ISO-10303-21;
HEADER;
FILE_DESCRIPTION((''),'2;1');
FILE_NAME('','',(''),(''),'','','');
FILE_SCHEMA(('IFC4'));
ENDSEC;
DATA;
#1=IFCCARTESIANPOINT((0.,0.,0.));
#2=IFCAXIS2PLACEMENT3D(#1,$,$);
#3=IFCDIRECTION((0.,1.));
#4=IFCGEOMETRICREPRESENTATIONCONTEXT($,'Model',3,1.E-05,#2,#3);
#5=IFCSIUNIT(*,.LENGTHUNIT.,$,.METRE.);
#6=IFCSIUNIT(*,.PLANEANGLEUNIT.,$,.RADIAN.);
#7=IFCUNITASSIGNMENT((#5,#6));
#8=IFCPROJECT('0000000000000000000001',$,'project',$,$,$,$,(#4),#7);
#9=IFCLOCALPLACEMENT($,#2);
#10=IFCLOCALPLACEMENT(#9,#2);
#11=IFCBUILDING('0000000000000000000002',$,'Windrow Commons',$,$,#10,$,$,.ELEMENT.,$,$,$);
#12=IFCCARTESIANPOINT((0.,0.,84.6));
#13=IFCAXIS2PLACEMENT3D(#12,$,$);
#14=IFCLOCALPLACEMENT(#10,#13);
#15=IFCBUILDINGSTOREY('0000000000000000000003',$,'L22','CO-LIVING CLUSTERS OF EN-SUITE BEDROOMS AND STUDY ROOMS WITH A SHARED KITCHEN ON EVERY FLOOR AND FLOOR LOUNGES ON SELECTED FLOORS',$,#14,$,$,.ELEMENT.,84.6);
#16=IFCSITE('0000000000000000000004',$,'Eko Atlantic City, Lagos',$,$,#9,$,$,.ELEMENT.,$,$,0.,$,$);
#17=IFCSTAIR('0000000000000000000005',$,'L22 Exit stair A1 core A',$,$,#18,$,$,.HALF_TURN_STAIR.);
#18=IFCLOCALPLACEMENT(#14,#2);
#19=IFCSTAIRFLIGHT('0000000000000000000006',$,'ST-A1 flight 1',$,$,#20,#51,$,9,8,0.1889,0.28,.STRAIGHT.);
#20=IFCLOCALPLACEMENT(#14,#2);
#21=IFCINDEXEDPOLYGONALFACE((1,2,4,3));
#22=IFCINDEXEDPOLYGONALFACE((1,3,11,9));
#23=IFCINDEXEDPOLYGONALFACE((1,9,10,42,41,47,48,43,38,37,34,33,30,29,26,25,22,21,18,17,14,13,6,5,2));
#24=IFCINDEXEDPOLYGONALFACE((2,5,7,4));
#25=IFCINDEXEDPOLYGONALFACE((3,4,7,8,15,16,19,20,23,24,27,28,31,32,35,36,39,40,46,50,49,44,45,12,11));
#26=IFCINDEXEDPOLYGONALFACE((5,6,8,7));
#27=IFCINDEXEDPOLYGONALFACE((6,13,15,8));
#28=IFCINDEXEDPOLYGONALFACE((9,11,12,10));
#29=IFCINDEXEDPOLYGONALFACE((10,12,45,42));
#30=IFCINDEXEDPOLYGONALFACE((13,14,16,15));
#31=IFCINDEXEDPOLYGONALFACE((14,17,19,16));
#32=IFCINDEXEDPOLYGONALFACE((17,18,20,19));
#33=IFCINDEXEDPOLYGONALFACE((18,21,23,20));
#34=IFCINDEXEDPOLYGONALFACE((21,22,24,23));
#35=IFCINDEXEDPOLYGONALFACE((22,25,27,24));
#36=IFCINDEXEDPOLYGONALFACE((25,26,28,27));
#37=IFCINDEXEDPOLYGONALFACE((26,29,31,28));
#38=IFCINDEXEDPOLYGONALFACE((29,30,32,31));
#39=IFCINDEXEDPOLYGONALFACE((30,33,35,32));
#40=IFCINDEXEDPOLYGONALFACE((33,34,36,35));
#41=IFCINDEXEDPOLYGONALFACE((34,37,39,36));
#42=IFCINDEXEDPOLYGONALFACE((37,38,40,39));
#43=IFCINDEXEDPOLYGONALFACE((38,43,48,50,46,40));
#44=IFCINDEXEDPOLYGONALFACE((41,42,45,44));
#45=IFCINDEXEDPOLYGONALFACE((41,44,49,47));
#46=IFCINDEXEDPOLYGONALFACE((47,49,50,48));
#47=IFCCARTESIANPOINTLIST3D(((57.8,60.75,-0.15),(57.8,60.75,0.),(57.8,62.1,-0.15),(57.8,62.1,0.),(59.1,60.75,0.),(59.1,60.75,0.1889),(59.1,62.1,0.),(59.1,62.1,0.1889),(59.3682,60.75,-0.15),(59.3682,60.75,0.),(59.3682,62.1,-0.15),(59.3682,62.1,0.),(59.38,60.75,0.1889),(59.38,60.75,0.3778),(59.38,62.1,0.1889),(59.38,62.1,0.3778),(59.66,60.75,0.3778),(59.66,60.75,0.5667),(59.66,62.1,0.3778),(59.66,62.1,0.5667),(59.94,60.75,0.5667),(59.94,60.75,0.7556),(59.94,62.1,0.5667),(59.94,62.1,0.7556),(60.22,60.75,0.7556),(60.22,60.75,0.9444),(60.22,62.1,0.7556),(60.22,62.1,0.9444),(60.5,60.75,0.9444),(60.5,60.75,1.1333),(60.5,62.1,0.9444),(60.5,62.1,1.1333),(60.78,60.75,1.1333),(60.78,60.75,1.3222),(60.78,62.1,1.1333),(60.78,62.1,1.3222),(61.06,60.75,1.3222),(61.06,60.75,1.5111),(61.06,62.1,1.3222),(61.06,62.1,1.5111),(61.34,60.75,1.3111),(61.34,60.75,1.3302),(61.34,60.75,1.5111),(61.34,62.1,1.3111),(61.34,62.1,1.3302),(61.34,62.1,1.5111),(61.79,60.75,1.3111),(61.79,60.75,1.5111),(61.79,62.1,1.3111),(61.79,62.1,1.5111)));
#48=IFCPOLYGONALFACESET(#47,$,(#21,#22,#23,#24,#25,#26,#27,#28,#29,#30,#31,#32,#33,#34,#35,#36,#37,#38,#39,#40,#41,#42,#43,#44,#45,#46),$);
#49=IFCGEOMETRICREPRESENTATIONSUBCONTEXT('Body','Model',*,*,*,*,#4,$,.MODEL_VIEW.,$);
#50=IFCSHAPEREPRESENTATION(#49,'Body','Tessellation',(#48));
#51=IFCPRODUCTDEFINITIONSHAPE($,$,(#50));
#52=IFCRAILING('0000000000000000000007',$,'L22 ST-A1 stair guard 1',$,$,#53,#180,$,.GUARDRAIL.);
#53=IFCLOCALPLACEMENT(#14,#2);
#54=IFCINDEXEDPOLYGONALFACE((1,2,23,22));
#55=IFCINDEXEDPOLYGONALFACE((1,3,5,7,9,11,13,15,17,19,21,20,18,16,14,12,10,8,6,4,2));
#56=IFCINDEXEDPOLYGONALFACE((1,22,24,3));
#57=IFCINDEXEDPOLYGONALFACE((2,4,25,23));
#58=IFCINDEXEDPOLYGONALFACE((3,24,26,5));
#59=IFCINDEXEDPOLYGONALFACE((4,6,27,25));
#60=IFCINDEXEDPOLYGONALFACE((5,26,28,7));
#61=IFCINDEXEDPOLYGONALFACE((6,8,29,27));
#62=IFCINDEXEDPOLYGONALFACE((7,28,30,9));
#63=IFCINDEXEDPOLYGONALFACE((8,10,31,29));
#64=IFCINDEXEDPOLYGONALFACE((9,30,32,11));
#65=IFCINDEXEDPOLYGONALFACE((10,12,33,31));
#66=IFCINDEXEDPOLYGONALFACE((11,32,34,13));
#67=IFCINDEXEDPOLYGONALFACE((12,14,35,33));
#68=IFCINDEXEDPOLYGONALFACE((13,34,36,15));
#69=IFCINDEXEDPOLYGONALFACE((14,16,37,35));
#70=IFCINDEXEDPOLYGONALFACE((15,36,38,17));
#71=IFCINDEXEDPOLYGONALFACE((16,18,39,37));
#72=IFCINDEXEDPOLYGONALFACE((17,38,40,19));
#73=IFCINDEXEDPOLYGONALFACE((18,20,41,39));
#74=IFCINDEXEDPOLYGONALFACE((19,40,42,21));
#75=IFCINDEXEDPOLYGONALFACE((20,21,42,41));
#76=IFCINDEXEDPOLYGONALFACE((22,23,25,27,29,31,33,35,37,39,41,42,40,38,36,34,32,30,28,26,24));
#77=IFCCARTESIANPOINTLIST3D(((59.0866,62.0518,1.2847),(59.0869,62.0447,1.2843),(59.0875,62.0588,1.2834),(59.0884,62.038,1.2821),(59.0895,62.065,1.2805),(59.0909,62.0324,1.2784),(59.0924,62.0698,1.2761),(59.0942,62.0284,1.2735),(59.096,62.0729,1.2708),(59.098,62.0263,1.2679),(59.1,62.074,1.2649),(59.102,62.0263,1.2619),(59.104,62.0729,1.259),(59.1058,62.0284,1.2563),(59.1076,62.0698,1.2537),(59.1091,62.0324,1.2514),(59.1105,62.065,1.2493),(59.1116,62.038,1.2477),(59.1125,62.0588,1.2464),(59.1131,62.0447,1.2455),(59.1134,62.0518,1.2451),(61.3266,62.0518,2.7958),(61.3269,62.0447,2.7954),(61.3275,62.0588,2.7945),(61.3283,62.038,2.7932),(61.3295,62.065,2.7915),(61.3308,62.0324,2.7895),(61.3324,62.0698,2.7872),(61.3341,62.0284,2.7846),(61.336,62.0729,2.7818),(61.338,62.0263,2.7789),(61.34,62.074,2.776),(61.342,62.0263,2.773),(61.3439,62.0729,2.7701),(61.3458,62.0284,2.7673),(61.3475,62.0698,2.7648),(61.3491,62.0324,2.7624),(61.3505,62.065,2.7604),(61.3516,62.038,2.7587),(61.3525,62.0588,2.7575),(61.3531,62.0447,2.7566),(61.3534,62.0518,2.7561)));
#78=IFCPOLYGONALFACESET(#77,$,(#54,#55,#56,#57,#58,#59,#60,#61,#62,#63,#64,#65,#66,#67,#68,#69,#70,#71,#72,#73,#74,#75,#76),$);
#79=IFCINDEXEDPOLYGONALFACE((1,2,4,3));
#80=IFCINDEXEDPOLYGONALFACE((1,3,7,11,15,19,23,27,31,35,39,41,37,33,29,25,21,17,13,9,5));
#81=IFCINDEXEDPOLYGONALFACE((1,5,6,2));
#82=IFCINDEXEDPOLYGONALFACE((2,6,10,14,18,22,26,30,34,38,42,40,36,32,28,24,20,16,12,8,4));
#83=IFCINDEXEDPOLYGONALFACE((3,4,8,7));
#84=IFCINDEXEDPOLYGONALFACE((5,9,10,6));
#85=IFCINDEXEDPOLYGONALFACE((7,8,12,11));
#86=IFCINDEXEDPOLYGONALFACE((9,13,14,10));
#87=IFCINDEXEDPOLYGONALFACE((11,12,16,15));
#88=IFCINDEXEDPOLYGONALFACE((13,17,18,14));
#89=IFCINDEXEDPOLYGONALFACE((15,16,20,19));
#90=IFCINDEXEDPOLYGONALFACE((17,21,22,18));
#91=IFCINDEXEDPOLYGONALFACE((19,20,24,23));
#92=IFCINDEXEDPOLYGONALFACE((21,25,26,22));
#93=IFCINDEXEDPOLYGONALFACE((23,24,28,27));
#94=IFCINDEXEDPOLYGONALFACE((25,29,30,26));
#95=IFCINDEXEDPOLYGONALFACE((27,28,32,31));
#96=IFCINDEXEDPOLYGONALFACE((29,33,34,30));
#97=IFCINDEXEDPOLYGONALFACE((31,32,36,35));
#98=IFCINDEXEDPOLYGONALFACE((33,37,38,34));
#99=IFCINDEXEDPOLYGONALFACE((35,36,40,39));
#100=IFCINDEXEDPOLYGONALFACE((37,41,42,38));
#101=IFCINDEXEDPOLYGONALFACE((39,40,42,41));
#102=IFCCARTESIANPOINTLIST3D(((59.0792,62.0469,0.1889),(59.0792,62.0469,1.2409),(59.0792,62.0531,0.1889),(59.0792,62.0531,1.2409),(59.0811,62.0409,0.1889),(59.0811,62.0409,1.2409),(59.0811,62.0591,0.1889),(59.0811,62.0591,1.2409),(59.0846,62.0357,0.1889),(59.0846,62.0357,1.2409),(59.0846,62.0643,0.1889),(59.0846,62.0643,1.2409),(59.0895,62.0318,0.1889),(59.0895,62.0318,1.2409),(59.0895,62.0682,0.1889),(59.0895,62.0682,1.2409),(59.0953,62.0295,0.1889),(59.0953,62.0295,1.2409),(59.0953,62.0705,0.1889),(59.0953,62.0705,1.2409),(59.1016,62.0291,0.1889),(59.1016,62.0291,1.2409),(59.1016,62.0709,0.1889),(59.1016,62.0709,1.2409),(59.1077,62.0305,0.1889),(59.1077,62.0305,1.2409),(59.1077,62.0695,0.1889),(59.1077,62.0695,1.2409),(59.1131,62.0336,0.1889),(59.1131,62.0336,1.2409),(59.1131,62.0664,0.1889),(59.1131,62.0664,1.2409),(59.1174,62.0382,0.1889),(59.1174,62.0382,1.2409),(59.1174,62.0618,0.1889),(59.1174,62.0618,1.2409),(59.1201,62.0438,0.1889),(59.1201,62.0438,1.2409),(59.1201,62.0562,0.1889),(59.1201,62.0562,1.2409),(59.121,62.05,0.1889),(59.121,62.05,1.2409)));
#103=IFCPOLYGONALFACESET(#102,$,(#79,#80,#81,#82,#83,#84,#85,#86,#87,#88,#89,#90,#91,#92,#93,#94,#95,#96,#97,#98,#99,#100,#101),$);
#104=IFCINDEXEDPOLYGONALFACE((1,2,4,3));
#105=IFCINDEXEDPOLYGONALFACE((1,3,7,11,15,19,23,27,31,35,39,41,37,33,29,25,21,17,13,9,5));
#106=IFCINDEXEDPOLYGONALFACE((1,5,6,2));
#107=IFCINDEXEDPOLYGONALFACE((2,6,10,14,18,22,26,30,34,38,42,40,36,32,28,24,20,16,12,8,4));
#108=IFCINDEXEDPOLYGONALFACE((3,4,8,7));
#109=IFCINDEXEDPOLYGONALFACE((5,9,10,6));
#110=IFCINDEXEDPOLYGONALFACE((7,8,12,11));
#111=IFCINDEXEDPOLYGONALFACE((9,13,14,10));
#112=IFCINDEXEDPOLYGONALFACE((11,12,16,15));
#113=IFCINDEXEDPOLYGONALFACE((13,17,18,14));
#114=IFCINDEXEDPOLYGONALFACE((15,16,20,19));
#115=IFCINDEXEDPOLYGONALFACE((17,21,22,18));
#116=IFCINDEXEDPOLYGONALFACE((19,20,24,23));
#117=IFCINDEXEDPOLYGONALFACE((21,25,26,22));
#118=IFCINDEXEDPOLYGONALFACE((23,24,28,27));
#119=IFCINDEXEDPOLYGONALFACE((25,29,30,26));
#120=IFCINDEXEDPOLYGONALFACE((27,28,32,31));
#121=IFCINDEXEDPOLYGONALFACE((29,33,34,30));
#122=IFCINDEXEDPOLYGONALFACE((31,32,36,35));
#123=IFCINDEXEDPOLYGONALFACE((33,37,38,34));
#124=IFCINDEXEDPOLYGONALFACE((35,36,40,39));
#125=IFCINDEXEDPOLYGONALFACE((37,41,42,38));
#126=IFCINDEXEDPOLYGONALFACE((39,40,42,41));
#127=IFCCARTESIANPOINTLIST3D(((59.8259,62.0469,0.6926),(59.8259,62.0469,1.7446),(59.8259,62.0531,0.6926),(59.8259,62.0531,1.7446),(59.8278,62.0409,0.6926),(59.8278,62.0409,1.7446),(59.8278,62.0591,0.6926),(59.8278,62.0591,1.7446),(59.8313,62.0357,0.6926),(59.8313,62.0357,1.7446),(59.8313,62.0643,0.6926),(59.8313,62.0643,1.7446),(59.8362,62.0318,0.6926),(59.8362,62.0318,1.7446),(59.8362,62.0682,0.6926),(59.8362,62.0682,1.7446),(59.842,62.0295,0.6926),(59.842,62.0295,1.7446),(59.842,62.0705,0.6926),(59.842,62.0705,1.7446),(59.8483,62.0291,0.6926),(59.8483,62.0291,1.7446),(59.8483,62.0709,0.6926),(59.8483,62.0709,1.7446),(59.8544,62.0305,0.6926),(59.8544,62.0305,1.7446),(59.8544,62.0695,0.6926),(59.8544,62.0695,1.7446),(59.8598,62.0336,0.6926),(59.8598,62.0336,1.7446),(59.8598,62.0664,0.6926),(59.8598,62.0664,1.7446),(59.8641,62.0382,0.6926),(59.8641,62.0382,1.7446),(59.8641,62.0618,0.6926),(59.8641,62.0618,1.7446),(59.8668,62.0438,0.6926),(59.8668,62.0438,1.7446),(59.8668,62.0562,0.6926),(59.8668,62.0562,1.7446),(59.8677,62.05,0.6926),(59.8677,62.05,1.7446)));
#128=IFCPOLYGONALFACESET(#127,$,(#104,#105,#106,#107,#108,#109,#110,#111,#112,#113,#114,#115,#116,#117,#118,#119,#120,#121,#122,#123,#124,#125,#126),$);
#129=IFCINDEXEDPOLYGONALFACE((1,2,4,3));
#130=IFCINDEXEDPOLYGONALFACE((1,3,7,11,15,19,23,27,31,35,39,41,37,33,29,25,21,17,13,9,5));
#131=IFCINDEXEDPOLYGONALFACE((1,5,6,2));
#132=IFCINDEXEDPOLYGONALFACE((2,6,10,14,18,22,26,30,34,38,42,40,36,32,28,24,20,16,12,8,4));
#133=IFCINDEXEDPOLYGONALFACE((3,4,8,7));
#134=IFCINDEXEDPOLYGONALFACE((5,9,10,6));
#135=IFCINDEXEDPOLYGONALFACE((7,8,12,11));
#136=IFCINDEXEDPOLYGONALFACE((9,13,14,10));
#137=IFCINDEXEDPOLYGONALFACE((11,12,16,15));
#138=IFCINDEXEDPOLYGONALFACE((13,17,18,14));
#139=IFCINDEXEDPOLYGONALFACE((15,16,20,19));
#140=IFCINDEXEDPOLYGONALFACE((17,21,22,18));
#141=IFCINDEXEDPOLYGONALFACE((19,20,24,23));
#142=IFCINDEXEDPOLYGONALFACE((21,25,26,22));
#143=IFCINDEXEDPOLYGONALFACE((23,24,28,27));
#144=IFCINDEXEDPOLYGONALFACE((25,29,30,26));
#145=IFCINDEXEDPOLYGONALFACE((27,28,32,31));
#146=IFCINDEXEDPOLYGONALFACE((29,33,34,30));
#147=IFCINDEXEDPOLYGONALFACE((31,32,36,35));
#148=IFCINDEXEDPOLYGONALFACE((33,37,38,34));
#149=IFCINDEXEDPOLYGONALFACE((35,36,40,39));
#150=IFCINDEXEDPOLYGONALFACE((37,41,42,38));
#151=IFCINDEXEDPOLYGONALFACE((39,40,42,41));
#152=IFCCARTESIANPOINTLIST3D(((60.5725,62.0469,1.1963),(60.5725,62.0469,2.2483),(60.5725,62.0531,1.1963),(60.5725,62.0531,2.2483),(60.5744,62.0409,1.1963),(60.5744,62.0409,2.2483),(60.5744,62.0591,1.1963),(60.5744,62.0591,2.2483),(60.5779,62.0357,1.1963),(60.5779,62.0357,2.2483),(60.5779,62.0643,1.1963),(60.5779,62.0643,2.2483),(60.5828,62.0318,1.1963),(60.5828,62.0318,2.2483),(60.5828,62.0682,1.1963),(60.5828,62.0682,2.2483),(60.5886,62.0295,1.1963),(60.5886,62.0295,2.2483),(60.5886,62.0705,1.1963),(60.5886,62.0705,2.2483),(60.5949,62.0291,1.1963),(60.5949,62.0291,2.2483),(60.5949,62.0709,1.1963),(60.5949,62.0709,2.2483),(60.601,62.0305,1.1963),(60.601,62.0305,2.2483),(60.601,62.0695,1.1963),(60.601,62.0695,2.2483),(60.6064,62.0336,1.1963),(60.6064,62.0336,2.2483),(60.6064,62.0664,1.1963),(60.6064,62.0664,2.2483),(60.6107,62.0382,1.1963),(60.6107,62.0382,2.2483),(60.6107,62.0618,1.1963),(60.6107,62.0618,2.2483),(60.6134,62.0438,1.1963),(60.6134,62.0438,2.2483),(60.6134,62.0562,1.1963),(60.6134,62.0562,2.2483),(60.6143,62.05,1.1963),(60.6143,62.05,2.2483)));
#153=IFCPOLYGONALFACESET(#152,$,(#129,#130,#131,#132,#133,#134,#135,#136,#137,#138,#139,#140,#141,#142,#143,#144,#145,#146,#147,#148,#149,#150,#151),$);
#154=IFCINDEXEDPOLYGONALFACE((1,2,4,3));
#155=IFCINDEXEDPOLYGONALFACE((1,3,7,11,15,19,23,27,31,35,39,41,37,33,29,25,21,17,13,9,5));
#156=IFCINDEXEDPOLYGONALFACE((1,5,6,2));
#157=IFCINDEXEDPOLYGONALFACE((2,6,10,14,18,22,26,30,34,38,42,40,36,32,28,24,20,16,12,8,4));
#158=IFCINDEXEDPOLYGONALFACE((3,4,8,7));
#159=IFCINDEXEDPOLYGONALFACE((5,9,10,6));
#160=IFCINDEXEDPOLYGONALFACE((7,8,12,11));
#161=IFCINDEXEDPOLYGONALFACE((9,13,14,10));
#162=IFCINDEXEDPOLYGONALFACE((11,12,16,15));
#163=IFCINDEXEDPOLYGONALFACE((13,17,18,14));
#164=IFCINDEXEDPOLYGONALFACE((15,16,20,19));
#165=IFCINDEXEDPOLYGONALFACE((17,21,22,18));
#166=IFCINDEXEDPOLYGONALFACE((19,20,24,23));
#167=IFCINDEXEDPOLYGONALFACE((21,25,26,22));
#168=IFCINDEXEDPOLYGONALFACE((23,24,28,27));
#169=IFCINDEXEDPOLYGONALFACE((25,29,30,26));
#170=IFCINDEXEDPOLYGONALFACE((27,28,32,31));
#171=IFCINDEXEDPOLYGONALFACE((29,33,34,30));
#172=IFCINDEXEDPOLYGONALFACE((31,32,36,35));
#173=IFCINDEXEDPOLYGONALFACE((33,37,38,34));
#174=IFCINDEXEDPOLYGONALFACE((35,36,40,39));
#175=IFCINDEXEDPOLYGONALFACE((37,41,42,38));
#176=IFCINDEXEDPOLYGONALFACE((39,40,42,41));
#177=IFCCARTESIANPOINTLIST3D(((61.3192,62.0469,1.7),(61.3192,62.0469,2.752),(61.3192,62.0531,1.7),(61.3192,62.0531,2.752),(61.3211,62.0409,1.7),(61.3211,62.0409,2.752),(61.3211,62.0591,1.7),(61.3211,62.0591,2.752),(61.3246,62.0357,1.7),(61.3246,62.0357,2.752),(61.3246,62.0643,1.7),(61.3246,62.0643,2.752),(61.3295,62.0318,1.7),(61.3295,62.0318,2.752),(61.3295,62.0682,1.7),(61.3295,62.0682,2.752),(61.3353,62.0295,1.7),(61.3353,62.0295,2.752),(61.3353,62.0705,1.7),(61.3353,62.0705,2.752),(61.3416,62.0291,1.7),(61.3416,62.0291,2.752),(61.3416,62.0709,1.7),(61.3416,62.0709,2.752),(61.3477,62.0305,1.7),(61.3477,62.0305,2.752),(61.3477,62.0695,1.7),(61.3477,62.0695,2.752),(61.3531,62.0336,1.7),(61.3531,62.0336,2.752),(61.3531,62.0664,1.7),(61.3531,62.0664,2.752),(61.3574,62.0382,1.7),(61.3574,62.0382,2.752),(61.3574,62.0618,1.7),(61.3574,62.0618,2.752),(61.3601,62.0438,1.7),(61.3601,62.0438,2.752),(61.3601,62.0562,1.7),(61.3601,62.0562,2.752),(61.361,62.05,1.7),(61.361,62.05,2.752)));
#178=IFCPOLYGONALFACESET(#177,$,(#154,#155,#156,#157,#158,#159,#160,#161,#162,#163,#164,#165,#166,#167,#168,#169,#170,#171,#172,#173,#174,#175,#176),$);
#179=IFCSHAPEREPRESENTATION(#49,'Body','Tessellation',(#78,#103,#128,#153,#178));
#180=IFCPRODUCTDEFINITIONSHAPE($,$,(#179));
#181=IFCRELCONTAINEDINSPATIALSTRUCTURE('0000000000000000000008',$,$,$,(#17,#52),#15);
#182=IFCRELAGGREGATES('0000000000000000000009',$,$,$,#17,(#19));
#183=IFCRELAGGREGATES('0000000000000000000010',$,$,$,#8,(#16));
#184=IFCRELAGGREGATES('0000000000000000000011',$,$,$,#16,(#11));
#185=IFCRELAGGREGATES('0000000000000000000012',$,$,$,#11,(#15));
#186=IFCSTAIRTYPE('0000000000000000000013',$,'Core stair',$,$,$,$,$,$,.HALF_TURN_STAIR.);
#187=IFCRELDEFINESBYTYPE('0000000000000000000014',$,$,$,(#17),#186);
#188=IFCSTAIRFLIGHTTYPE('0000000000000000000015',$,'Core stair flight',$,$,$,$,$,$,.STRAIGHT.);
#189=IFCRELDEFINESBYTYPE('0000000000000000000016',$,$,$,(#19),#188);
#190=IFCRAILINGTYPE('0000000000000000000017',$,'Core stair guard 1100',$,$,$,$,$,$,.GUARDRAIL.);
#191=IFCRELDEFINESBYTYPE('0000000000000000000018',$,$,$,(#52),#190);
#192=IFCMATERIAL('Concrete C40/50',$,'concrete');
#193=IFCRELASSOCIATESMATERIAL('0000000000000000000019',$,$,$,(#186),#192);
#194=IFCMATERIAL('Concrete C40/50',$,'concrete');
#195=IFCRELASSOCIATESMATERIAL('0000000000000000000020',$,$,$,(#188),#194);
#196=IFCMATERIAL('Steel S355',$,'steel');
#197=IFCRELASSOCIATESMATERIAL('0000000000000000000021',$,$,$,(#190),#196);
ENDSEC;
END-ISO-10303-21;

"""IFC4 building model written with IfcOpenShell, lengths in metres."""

from ifc_helpers import new_model, si_unit, direction, frame, origin, origin_2d, place, context, subcontext, project, spatial, polyline, circle, outline, extrude, material, type_object, element, aggregate, save


model = new_model("IFC4")

# Units and contexts
model_context = context("Model", 3, precision=1e-05, world=origin(), true_north=direction((0.0, 1.0)))
body_context = subcontext(model_context, "Body", "Model", "MODEL_VIEW")
ifc_project = project(units=[si_unit("LENGTHUNIT", "METRE"), si_unit("PLANEANGLEUNIT", "RADIAN")], contexts=[model_context])

# Site, building, storey
site_placement = place(None, origin())
site = spatial("IfcSite", under=ifc_project, at=site_placement, Name="Eko Atlantic City, Lagos", CompositionType="ELEMENT", RefElevation=0.0)
building_placement = place(site_placement, origin())
building = spatial("IfcBuilding", under=site, at=building_placement, Name="Windrow Commons", CompositionType="ELEMENT")
storey_placement = place(building_placement, frame((0.0, 0.0, 84.6)))
storey = spatial("IfcBuildingStorey", under=building, at=storey_placement, Name="L22", Description="CO-LIVING CLUSTERS OF EN-SUITE BEDROOMS AND STUDY ROOMS WITH A SHARED KITCHEN ON EVERY FLOOR AND FLOOR LOUNGES ON SELECTED FLOORS", CompositionType="ELEMENT", Elevation=84.6)

# Stair, stair flight
ifc_material_1 = material(Name="Concrete C40/50", Category="concrete")
stair_type = type_object("IfcStairType", Name="Core stair", PredefinedType="HALF_TURN_STAIR", material=ifc_material_1)
stair_placement = place(storey_placement, origin())
stair = element("IfcStair", 1, at=stair_placement, inside=storey, type_object=stair_type, Name="L22 Exit stair A1 core A", PredefinedType="HALF_TURN_STAIR")
ifc_material_2 = material(Name="Concrete C40/50", Category="concrete")
stair_flight_type = type_object("IfcStairFlightType", Name="Core stair flight", PredefinedType="STRAIGHT", material=ifc_material_2)
stair_flight_placement = place(storey_placement, frame((59.1, 61.425, 0.0), z_axis=(0.0, 0.0, 1.0), x_axis=(1.0, 0.0, 0.0)))
stair_flight = element("IfcStairFlight", 2, at=stair_flight_placement, type_object=stair_flight_type, Name="ST-A1 flight 1", NumberOfRisers=9, NumberOfTreads=8, PredefinedType="STRAIGHT", RiserHeight=0.1889, TreadLength=0.28, context=body_context, shape_type="SweptSolid", body=[
    extrude(outline(polyline([(-1.3, -0.15), (-1.3, 0.0), (0.0, 0.0), (0.0, 0.1889), (0.28, 0.1889), (0.28, 0.3778), (0.56, 0.3778), (0.56, 0.5667), (0.84, 0.5667), (0.84, 0.7556), (1.12, 0.7556), (1.12, 0.9444), (1.4, 0.9444), (1.4, 1.1333), (1.68, 1.1333), (1.68, 1.3222), (1.96, 1.3222), (1.96, 1.5111), (2.24, 1.5111), (2.69, 1.5111), (2.69, 1.3111), (2.24, 1.3111), (2.24, 1.3302), (0.2682, 0.0), (0.2682, -0.15), (-1.3, -0.15)])), frame((0.0, 0.675, 0.0), z_axis=(0.0, -1.0, 0.0), x_axis=(1.0, 0.0, 0.0)), (0.0, 0.0, 1.0), 1.35),
])
aggregate(stair, [stair_flight])

# Railing
ifc_material_3 = material(Name="Steel S355", Category="steel")
railing_type_1 = type_object("IfcRailingType", Name="Core stair guard 1100", PredefinedType="GUARDRAIL", material=ifc_material_3)
railing_1_placement = place(storey_placement, frame((59.1, 62.05, 0.1889)))
element("IfcRailing", 3, at=railing_1_placement, inside=storey, type_object=railing_type_1, Name="L22 ST-A1 stair guard 1", PredefinedType="GUARDRAIL", context=body_context, shape_type="SweptSolid", body=[
    extrude(circle(Radius=0.024, at=origin_2d()), frame((0.0, 0.0, 1.076), z_axis=(0.829003, 0.0, 0.559244), x_axis=(0.0, 1.0, 0.0)), (0.0, 0.0, 1.0), 2.702),
    extrude(circle(Radius=0.021, at=origin_2d()), origin(), (0.0, 0.0, 1.0), 1.052),
    extrude(circle(Radius=0.021, at=origin_2d()), frame((0.7467, 0.0, 0.5037)), (0.0, 0.0, 1.0), 1.052),
    extrude(circle(Radius=0.021, at=origin_2d()), frame((1.4933, 0.0, 1.0074)), (0.0, 0.0, 1.0), 1.052),
    extrude(circle(Radius=0.021, at=origin_2d()), frame((2.24, 0.0, 1.5111)), (0.0, 0.0, 1.0), 1.052),
])

save(model, "model.ifc")
